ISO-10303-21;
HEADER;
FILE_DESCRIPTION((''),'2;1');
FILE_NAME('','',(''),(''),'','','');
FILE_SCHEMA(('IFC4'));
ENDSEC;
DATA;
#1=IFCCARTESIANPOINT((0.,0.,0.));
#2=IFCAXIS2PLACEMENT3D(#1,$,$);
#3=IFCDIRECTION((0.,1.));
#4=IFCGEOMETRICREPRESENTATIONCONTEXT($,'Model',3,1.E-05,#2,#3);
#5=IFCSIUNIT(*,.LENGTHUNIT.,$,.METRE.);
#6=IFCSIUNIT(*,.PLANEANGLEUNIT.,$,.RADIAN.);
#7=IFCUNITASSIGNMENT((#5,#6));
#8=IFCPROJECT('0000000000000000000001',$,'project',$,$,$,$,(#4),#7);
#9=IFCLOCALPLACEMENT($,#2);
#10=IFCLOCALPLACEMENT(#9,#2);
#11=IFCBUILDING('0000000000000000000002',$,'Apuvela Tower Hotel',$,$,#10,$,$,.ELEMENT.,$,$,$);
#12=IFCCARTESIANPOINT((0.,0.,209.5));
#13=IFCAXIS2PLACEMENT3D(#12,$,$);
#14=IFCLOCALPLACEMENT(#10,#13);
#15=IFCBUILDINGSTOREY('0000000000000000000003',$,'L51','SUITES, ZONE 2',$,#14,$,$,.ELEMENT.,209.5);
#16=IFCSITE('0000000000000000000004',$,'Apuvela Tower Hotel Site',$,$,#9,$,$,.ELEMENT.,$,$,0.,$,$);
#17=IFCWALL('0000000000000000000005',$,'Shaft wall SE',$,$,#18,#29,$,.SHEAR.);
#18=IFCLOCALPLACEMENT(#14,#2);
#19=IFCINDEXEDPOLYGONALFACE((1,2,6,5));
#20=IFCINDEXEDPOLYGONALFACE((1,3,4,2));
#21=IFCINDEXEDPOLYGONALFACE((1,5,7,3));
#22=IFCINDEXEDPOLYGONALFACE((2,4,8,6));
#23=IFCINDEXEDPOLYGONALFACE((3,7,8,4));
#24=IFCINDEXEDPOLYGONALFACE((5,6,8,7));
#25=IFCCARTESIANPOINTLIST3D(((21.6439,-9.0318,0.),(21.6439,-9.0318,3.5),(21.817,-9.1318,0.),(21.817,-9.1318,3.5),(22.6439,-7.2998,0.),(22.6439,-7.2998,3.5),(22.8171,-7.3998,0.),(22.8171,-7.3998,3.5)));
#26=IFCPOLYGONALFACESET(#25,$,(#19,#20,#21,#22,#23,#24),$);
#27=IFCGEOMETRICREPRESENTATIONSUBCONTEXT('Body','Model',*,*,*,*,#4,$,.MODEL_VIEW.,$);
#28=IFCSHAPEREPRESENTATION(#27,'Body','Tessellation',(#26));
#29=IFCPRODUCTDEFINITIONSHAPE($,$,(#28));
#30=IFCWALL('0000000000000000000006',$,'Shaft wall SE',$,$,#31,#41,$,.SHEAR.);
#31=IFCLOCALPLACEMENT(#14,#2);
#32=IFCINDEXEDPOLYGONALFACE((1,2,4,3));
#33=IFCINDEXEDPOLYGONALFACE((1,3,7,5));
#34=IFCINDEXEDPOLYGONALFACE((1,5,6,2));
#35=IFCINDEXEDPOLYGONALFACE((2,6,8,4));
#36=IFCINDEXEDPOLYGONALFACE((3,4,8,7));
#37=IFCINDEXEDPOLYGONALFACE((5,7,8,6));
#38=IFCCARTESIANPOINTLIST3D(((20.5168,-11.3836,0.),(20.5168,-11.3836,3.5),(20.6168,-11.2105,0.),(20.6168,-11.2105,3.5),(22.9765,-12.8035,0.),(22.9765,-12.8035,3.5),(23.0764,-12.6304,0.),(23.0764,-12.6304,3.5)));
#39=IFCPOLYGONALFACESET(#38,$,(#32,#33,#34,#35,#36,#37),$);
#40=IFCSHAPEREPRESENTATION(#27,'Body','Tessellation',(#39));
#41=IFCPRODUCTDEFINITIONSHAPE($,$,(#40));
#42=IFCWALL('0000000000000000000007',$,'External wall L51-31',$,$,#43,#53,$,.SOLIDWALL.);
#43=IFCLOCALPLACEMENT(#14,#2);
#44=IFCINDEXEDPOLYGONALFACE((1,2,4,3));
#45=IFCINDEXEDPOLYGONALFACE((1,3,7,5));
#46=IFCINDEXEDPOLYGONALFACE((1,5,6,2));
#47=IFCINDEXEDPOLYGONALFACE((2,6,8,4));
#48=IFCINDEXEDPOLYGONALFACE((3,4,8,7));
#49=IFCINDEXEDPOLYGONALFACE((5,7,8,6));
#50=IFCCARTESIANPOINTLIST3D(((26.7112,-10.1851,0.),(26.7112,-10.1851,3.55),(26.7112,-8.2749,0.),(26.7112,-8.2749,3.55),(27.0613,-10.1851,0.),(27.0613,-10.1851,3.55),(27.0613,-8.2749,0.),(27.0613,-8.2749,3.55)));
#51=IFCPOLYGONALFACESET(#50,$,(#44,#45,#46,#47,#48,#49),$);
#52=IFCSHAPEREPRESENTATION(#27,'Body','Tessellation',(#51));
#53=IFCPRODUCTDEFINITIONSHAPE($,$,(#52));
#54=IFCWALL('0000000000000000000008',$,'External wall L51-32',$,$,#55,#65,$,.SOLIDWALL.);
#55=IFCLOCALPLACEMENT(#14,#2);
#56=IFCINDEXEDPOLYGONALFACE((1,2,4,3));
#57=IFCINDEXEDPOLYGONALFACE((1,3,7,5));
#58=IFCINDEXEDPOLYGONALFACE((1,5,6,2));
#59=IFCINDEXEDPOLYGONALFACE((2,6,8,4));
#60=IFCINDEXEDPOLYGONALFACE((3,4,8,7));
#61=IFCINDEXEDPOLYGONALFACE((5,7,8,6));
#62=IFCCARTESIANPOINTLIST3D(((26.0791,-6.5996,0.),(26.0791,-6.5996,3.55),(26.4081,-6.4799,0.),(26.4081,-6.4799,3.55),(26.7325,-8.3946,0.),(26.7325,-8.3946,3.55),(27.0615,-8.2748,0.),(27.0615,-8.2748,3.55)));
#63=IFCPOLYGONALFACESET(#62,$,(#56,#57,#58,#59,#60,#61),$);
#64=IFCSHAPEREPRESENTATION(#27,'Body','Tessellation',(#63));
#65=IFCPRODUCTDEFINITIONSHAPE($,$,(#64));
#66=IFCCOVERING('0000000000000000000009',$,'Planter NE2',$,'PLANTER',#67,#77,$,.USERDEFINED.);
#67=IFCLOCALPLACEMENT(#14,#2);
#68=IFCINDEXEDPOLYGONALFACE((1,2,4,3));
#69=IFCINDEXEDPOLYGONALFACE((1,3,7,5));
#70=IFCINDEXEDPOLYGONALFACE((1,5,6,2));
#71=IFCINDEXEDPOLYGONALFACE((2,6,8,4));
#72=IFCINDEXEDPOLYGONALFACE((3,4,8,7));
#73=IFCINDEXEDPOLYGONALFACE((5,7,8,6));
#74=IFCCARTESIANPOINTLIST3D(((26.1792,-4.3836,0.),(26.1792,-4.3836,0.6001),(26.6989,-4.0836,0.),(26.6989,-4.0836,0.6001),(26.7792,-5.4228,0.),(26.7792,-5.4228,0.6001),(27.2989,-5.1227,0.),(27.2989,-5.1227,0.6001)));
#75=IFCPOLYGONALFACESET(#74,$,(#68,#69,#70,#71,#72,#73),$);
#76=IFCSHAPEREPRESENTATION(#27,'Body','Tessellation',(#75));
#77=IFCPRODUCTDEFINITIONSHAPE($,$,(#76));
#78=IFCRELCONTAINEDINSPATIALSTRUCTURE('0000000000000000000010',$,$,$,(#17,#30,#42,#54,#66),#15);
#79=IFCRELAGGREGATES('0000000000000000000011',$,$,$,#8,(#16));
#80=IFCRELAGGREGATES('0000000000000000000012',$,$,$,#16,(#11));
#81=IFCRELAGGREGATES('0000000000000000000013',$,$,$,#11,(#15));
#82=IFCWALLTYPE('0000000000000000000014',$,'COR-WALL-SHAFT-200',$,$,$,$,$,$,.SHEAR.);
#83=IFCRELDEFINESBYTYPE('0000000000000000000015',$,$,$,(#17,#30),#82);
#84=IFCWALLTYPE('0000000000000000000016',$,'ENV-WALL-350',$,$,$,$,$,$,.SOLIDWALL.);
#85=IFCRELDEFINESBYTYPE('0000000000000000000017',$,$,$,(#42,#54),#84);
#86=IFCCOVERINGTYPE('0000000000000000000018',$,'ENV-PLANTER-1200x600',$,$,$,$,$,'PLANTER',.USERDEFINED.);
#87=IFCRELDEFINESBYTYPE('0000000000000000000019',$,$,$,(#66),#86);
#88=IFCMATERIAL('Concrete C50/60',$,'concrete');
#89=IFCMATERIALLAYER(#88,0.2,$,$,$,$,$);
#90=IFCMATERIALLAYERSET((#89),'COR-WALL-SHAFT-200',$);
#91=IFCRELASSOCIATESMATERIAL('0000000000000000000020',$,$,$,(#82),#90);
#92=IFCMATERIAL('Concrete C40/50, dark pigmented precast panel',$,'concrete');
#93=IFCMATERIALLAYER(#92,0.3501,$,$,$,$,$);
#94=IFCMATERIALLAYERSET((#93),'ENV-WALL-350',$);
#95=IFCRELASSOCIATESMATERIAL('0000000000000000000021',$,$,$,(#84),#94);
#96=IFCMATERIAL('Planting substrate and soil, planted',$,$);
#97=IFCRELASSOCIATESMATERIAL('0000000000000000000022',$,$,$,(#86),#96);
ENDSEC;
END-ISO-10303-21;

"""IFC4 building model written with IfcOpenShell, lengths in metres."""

from ifc_helpers import new_model, si_unit, direction, frame, frame_2d, origin, origin_2d, place, context, subcontext, project, spatial, rectangle, extrude, material, layer, layer_set, type_object, element, save


model = new_model("IFC4")

# Units and contexts
model_context = context("Model", 3, precision=1e-05, world=origin(), true_north=direction((0.0, 1.0)))
body_context = subcontext(model_context, "Body", "Model", "MODEL_VIEW")
ifc_project = project(units=[si_unit("LENGTHUNIT", "METRE"), si_unit("PLANEANGLEUNIT", "RADIAN")], contexts=[model_context])

# Site, building, storey
site_placement = place(None, origin())
site = spatial("IfcSite", under=ifc_project, at=site_placement, Name="Apuvela Tower Hotel Site", CompositionType="ELEMENT", RefElevation=0.0)
building_placement = place(site_placement, origin())
building = spatial("IfcBuilding", under=site, at=building_placement, Name="Apuvela Tower Hotel", CompositionType="ELEMENT")
storey_placement = place(building_placement, frame((0.0, 0.0, 209.5)))
storey = spatial("IfcBuildingStorey", under=building, at=storey_placement, Name="L51", Description="SUITES, ZONE 2", CompositionType="ELEMENT", Elevation=209.5)

# Walls
ifc_material_1 = material(Name="Concrete C50/60", Category="concrete")
ifc_layer_1 = layer(ifc_material_1, 0.2)
ifc_layer_set_1 = layer_set([ifc_layer_1], Name="COR-WALL-SHAFT-200")
wall_type_1 = type_object("IfcWallType", Name="COR-WALL-SHAFT-200", PredefinedType="SHEAR", material=ifc_layer_set_1)
for number, where, z_axis, x_axis, name in (
    (1, (21.7305, -9.0818, 0.0), (0.0, 0.0, 1.0), (0.500025, 0.866011, 0.0), "Shaft wall SE"),
):
    element("IfcWall", number, at=place(storey_placement, frame(where, z_axis=z_axis, x_axis=x_axis)), inside=storey, type_object=wall_type_1, Name=name, PredefinedType="SHEAR", context=body_context, shape_type="SweptSolid", body=[
        extrude(rectangle(XDim=2.0, YDim=0.2, at=frame_2d((1.0, 0.0))), origin(), (0.0, 0.0, 1.0), 3.5),
    ])
wall_1_placement = place(storey_placement, frame((20.5669, -11.2971, 0.0), z_axis=(0.0, 0.0, 1.0), x_axis=(0.866055, -0.499948, 0.0)))
element("IfcWall", 2, at=wall_1_placement, inside=storey, type_object=wall_type_1, Name="Shaft wall SE", PredefinedType="SHEAR", context=body_context, shape_type="SweptSolid", body=[
    extrude(rectangle(XDim=2.8401, YDim=0.2, at=frame_2d((1.4199, 0.0))), origin(), (0.0, 0.0, 1.0), 3.5),
])
ifc_material_2 = material(Name="Concrete C40/50, dark pigmented precast panel", Category="concrete")
ifc_layer_2 = layer(ifc_material_2, 0.3501)
ifc_layer_set_2 = layer_set([ifc_layer_2], Name="ENV-WALL-350")
wall_type_2 = type_object("IfcWallType", Name="ENV-WALL-350", PredefinedType="SOLIDWALL", material=ifc_layer_set_2)
for number, where, z_axis, x_axis, name in (
    (3, (26.8862, -10.1851, 0.0), (0.0, 0.0, 1.0), (0.0, 1.0, 0.0), "External wall L51-31"),
    (4, (26.897, -8.3347, 0.0), (0.0, 0.0, 1.0), (-0.34203, 0.939689, 0.0), "External wall L51-32"),
):
    element("IfcWall", number, at=place(storey_placement, frame(where, z_axis=z_axis, x_axis=x_axis)), inside=storey, type_object=wall_type_2, Name=name, PredefinedType="SOLIDWALL", context=body_context, shape_type="SweptSolid", body=[
        extrude(rectangle(XDim=1.9102, YDim=0.3501, at=frame_2d((0.9551, 0.0))), origin(), (0.0, 0.0, 1.0), 3.55),
    ])

# Covering
ifc_material_3 = material(Name="Planting substrate and soil, planted")
covering_type = type_object("IfcCoveringType", Name="ENV-PLANTER-1200x600", ElementType="PLANTER", PredefinedType="USERDEFINED", material=ifc_material_3)
covering_placement = place(storey_placement, frame((26.739, -4.7532, 0.0), z_axis=(0.0, 0.0, 1.0), x_axis=(-0.5, 0.866025, 0.0)))
element("IfcCovering", 5, at=covering_placement, inside=storey, type_object=covering_type, Name="Planter NE2", ObjectType="PLANTER", PredefinedType="USERDEFINED", context=body_context, shape_type="SweptSolid", body=[
    extrude(rectangle(XDim=1.2, YDim=0.6001, at=origin_2d()), origin(), (0.0, 0.0, 1.0), 0.6001),
])

save(model, "model.ifc")
